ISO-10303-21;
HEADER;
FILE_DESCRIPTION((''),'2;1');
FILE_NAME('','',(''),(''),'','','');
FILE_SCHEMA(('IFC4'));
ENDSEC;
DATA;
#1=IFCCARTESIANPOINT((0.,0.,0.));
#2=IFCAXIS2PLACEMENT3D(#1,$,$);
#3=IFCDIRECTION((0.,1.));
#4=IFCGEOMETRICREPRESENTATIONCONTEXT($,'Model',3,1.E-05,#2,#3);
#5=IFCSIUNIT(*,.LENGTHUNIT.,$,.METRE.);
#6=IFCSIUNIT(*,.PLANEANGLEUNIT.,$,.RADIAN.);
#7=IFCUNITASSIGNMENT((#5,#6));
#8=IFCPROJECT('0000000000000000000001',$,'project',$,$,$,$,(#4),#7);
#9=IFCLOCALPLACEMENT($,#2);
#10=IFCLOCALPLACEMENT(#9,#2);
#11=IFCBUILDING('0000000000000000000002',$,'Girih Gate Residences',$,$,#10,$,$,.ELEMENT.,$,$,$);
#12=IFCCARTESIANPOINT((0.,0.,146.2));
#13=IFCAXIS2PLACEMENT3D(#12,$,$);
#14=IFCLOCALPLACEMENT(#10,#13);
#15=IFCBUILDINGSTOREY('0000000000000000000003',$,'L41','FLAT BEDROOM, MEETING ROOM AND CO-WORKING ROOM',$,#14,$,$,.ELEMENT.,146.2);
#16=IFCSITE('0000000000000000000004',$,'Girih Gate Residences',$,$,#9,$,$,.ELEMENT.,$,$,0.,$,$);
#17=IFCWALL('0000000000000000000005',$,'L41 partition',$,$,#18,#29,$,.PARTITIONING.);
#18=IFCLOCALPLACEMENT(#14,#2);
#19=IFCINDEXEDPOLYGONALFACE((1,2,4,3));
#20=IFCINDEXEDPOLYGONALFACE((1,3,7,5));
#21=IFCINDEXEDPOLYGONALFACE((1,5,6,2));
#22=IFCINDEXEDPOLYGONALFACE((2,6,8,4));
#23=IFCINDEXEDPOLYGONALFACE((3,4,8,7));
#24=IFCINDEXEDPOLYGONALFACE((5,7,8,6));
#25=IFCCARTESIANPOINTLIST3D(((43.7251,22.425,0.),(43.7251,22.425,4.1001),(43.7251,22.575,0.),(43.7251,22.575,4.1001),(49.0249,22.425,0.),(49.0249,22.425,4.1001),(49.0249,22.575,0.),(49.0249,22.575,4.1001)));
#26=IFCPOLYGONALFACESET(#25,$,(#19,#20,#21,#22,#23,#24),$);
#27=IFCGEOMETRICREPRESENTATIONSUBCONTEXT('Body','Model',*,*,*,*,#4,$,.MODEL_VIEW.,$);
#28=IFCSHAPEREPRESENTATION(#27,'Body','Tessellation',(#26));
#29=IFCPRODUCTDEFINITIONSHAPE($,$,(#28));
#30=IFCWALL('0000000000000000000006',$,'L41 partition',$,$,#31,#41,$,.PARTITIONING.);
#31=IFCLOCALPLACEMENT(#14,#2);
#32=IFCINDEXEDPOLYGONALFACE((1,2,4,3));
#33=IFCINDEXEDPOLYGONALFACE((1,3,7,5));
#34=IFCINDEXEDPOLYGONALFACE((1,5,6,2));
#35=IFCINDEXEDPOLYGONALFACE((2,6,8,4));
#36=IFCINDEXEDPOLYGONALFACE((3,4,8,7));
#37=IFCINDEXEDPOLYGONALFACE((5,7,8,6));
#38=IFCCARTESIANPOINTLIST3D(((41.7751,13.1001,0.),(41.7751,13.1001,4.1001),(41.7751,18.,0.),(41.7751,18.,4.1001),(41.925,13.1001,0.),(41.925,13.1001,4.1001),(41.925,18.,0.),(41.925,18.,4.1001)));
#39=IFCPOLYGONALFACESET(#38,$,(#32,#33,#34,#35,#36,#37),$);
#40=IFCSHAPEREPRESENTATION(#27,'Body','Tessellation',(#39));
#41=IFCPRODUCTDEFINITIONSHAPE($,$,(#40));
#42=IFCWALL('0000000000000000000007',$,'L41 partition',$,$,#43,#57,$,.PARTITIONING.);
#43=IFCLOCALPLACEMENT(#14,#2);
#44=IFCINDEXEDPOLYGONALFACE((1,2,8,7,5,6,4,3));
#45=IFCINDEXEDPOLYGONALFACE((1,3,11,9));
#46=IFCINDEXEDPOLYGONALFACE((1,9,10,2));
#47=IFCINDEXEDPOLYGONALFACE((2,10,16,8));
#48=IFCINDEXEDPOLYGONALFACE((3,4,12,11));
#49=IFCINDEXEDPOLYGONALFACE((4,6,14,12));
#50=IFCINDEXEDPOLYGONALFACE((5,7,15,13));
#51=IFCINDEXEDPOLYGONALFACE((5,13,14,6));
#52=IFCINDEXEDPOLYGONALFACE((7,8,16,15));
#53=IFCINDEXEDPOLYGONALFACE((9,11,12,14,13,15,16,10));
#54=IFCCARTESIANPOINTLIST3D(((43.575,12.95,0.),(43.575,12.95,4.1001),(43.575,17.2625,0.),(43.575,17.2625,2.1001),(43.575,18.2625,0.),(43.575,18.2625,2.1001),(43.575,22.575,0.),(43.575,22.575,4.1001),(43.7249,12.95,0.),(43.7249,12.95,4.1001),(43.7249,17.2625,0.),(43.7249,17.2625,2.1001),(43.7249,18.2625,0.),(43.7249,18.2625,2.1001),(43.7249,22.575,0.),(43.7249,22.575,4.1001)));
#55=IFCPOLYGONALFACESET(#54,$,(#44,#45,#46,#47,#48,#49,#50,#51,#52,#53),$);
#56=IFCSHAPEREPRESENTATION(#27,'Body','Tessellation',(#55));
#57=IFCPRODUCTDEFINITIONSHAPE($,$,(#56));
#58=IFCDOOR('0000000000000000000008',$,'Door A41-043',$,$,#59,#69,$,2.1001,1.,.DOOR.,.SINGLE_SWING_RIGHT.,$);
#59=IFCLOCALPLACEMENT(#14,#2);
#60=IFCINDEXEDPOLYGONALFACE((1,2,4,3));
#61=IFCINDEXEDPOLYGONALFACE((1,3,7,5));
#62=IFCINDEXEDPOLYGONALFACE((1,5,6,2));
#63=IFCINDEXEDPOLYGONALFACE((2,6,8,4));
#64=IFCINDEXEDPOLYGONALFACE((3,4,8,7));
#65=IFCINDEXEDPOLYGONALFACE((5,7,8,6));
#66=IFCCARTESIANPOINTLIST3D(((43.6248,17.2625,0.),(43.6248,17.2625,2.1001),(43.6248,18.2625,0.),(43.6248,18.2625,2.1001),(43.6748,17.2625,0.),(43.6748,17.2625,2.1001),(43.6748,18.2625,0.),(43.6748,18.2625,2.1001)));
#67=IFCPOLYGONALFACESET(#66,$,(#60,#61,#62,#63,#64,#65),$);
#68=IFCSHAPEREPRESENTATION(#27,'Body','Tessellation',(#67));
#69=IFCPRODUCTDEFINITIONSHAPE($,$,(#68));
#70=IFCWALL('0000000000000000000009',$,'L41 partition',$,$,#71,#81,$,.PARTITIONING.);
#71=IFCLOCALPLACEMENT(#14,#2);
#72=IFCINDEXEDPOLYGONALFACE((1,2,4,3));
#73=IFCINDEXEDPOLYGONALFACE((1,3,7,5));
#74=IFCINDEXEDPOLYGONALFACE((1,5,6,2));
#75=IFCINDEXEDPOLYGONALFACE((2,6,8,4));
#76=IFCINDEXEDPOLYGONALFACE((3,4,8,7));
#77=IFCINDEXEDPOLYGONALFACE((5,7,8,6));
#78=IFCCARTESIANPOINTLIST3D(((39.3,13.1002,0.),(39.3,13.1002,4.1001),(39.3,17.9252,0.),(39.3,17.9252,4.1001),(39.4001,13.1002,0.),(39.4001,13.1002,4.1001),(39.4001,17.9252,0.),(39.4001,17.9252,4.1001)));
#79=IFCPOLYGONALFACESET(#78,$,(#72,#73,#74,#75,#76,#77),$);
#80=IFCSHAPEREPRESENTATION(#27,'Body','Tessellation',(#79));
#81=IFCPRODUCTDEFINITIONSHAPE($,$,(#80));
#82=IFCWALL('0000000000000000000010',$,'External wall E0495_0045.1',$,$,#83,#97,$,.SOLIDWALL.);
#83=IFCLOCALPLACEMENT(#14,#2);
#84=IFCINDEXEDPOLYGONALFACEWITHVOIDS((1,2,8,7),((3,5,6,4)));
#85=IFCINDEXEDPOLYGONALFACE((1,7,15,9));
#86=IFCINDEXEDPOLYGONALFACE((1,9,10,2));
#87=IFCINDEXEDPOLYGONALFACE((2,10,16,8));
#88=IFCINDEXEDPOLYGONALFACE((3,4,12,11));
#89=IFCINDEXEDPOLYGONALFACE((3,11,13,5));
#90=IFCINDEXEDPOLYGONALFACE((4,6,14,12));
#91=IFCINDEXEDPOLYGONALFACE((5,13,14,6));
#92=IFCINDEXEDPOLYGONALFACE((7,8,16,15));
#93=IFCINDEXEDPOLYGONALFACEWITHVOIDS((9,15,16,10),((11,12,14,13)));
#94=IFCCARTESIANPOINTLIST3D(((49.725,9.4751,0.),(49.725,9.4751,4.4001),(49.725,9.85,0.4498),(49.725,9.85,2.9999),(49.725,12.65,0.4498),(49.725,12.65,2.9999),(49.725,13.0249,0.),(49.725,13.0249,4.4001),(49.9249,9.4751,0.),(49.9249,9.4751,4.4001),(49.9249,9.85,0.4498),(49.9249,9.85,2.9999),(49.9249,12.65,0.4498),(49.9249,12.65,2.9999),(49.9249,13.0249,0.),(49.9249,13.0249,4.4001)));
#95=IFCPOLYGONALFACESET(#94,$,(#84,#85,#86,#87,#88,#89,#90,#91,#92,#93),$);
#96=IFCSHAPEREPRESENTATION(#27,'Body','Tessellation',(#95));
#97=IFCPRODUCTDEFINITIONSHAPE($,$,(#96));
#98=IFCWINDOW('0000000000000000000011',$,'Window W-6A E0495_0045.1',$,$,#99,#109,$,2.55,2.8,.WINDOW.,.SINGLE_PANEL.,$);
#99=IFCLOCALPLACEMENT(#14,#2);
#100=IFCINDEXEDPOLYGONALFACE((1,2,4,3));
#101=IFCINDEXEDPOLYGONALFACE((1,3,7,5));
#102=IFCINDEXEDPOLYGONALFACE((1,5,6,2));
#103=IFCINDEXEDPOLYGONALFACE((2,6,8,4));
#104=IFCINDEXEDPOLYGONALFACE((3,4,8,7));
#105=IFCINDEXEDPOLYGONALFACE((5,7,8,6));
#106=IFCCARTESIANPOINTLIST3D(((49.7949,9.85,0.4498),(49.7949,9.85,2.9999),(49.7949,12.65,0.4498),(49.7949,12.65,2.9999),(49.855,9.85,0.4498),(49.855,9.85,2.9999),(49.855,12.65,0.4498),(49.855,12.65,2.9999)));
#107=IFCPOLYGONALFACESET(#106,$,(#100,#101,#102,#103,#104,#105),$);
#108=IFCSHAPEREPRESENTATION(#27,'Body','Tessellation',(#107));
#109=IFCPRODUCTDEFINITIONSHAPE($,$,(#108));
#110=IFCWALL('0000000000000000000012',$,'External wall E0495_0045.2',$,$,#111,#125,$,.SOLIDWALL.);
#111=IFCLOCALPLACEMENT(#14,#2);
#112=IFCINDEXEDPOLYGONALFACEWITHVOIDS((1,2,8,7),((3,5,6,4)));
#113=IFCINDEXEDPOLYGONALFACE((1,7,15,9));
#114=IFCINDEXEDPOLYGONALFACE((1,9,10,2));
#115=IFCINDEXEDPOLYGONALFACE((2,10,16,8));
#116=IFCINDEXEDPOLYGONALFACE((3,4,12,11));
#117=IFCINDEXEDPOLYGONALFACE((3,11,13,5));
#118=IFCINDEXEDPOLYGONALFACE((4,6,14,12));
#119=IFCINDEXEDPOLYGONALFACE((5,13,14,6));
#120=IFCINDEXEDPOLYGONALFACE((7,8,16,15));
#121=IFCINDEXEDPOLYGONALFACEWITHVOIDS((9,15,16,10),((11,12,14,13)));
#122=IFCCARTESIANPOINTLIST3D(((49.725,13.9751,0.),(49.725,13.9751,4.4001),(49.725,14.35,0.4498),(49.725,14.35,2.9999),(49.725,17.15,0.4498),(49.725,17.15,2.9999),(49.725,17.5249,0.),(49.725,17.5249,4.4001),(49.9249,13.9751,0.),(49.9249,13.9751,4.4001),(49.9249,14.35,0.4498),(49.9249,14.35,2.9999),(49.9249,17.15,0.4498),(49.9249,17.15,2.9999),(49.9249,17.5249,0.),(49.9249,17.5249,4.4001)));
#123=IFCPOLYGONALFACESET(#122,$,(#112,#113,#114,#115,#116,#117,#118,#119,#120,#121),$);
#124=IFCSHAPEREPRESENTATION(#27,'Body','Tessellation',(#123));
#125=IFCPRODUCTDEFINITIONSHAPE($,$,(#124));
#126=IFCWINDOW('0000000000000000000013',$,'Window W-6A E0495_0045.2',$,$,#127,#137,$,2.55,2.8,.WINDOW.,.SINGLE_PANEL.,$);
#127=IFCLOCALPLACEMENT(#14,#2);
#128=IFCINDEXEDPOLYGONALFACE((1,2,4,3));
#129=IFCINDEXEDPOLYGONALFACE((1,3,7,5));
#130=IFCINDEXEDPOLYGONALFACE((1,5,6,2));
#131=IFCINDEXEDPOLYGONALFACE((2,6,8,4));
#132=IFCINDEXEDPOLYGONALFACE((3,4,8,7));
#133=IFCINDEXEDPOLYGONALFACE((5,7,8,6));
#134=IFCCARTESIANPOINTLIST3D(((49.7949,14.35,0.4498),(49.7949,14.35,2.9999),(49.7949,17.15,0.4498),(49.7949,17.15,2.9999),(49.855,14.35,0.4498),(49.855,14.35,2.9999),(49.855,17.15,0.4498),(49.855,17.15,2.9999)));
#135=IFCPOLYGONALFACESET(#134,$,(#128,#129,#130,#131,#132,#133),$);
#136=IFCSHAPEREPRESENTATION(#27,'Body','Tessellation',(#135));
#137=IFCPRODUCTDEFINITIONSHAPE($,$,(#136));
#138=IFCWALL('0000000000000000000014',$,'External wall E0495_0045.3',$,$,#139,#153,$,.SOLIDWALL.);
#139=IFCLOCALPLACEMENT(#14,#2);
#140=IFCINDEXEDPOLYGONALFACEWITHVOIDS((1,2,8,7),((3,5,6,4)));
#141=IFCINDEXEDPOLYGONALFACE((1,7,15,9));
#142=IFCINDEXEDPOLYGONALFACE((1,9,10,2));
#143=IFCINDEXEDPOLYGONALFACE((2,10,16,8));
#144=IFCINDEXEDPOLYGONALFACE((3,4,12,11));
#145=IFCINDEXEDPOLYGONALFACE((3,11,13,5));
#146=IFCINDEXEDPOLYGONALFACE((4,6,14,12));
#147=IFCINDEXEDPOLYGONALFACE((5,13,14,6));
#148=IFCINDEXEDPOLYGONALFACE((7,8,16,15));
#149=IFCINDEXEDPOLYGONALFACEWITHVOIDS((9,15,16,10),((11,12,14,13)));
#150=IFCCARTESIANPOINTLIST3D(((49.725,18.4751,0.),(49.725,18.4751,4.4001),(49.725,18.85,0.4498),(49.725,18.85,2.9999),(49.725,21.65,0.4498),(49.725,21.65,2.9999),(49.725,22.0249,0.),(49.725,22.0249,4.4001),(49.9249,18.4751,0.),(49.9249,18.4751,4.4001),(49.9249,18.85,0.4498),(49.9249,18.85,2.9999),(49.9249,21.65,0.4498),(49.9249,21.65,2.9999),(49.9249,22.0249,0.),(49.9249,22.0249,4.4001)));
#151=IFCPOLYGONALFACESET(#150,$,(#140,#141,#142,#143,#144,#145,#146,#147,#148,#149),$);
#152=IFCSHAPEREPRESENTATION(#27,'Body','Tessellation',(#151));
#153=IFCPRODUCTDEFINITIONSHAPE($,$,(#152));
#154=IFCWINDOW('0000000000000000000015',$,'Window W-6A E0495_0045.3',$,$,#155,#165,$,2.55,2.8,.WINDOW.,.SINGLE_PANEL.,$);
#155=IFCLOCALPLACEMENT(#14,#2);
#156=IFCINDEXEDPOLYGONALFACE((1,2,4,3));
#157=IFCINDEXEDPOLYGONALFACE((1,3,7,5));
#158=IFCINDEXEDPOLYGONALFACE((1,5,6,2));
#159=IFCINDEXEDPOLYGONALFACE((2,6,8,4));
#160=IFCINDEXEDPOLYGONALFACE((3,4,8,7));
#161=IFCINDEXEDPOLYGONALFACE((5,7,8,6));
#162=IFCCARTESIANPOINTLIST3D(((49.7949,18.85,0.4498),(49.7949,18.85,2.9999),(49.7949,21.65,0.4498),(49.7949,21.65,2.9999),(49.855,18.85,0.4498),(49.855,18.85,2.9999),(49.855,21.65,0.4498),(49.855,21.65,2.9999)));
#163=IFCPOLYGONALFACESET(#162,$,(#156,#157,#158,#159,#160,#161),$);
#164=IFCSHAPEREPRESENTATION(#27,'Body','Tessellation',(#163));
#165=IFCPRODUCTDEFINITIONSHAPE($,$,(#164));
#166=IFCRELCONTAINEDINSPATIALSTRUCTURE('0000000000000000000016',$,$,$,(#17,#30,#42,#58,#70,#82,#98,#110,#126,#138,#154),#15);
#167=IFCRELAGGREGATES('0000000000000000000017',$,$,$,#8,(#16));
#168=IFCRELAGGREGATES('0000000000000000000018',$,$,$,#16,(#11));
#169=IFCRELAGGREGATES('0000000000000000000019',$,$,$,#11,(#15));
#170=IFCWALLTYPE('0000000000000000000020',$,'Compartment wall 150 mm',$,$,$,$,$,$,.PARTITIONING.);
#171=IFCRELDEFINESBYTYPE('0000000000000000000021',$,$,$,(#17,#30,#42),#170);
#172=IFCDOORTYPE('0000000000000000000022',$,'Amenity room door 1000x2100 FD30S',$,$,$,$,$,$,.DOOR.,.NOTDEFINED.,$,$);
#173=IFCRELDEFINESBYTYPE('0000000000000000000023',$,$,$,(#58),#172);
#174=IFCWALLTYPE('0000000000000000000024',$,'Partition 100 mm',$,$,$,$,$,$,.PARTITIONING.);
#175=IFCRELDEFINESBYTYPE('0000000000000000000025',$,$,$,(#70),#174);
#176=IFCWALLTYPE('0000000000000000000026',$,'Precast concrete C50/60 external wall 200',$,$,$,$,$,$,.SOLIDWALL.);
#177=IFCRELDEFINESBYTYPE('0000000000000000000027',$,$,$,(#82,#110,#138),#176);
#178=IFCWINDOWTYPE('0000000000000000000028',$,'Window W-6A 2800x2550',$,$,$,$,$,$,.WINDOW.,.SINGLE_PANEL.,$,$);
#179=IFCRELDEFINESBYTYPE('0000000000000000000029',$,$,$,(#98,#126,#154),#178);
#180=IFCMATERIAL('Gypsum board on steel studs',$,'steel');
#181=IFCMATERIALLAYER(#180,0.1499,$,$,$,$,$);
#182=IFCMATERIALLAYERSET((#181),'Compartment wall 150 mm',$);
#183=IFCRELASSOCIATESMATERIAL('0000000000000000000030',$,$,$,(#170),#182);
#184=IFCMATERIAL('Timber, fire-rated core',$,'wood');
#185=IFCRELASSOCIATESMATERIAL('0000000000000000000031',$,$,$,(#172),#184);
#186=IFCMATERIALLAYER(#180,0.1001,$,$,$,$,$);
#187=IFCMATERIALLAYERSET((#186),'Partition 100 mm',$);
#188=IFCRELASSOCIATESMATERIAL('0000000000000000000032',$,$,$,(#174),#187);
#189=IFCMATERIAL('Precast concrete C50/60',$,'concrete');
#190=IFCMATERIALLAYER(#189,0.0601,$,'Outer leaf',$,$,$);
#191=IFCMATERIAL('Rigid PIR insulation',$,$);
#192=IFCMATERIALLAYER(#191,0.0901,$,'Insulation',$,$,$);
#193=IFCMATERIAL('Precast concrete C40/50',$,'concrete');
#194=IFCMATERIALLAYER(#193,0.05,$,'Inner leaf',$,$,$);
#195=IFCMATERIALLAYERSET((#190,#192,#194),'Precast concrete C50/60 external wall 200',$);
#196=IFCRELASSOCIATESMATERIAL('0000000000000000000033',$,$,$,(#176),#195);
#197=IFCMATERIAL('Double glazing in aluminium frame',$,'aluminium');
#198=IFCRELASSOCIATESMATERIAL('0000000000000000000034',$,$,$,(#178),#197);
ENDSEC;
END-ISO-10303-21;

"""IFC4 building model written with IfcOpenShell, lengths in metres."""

from ifc_helpers import new_model, si_unit, direction, frame, frame_2d, origin, place, context, subcontext, project, spatial, rectangle, extrude, material, layer, layer_set, type_object, element, fill, save


model = new_model("IFC4")

# Units and contexts
model_context = context("Model", 3, precision=1e-05, world=origin(), true_north=direction((0.0, 1.0)))
body_context = subcontext(model_context, "Body", "Model", "MODEL_VIEW")
ifc_project = project(units=[si_unit("LENGTHUNIT", "METRE"), si_unit("PLANEANGLEUNIT", "RADIAN")], contexts=[model_context])

# Site, building, storey
site_placement = place(None, origin())
site = spatial("IfcSite", under=ifc_project, at=site_placement, Name="Girih Gate Residences", CompositionType="ELEMENT", RefElevation=0.0)
building_placement = place(site_placement, origin())
building = spatial("IfcBuilding", under=site, at=building_placement, Name="Girih Gate Residences", CompositionType="ELEMENT")
storey_placement = place(building_placement, frame((0.0, 0.0, 146.2)))
storey = spatial("IfcBuildingStorey", under=building, at=storey_placement, Name="L41", Description="FLAT BEDROOM, MEETING ROOM AND CO-WORKING ROOM", CompositionType="ELEMENT", Elevation=146.2)

# Shared definitions
ifc_material_1 = material(Name="Gypsum board on steel studs", Category="steel")
ifc_layer_1 = layer(ifc_material_1, 0.1499)
ifc_layer_set_1 = layer_set([ifc_layer_1], Name="Compartment wall 150 mm")
wall_type_1 = type_object("IfcWallType", Name="Compartment wall 150 mm", PredefinedType="PARTITIONING", material=ifc_layer_set_1)

# Shared definitions
ifc_material_2 = material(Name="Timber, fire-rated core", Category="wood")
door_type_1 = type_object("IfcDoorType", Name="Amenity room door 1000x2100 FD30S", OperationType="NOTDEFINED", PredefinedType="DOOR", material=ifc_material_2)

# Walls
for number, where, z_axis, x_axis, name in (
    (1, (43.7251, 22.5, 0.0), (0.0, 0.0, 1.0), (1.0, 0.0, 0.0), "L41 partition"),
):
    element("IfcWall", number, at=place(storey_placement, frame(where, z_axis=z_axis, x_axis=x_axis)), inside=storey, type_object=wall_type_1, Name=name, PredefinedType="PARTITIONING", context=body_context, shape_type="SweptSolid", body=[
        extrude(rectangle(XDim=5.2998, YDim=0.1499, at=frame_2d((2.6499, 0.0))), origin(), (0.0, 0.0, 1.0), 4.1001),
    ])
wall_1_placement = place(storey_placement, frame((41.8501, 13.1001, 0.0), z_axis=(0.0, 0.0, 1.0), x_axis=(0.0, 1.0, 0.0)))
element("IfcWall", 2, at=wall_1_placement, inside=storey, type_object=wall_type_1, Name="L41 partition", PredefinedType="PARTITIONING", context=body_context, shape_type="SweptSolid", body=[
    extrude(rectangle(XDim=4.8999, YDim=0.1499, at=frame_2d((2.45, 0.0))), origin(), (0.0, 0.0, 1.0), 4.1001),
])

# Wall, opening, door
wall_2_placement = place(storey_placement, frame((43.6499, 22.575, 0.0), z_axis=(0.0, 0.0, 1.0), x_axis=(0.0, -1.0, 0.0)))
wall_2 = element("IfcWall", 3, at=wall_2_placement, inside=storey, type_object=wall_type_1, Name="L41 partition", PredefinedType="PARTITIONING", context=body_context, shape_type="SweptSolid", body=[
    extrude(rectangle(XDim=9.625, YDim=0.1499, at=frame_2d((4.8125, 0.0))), origin(), (0.0, 0.0, 1.0), 4.1001),
])
opening_1_placement = place(wall_2_placement, frame((4.3125, 0.0, 0.0)))
opening_1 = element("IfcOpeningElement", 4, at=opening_1_placement, cuts=wall_2, PredefinedType="OPENING", context=body_context, shape_type="SweptSolid", body=[
    extrude(rectangle(XDim=1.0, YDim=2.1001, at=frame_2d((0.5, 1.05))), frame((0.0, 0.085, 0.0), z_axis=(0.0, -1.0, 0.0), x_axis=(1.0, 0.0, 0.0)), (0.0, 0.0, 1.0), 0.1699),
])
door_1_placement = place(opening_1_placement, origin())
door_1 = element("IfcDoor", 5, at=door_1_placement, inside=storey, type_object=door_type_1, Name="Door A41-043", OperationType="SINGLE_SWING_RIGHT", OverallHeight=2.1001, OverallWidth=1.0, PredefinedType="DOOR", context=body_context, shape_type="SweptSolid", body=[
    extrude(rectangle(XDim=1.0, YDim=2.1001, at=frame_2d((0.5, 1.05))), frame((0.0, 0.0249, 0.0), z_axis=(0.0, -1.0, 0.0), x_axis=(1.0, 0.0, 0.0)), (0.0, 0.0, 1.0), 0.05),
])
fill(opening_1, door_1)

# Wall
ifc_layer_2 = layer(ifc_material_1, 0.1001)
ifc_layer_set_2 = layer_set([ifc_layer_2], Name="Partition 100 mm")
wall_type_2 = type_object("IfcWallType", Name="Partition 100 mm", PredefinedType="PARTITIONING", material=ifc_layer_set_2)
wall_3_placement = place(storey_placement, frame((39.3501, 13.1001, 0.0), z_axis=(0.0, 0.0, 1.0), x_axis=(0.0, 1.0, 0.0)))
element("IfcWall", 6, at=wall_3_placement, inside=storey, type_object=wall_type_2, Name="L41 partition", PredefinedType="PARTITIONING", context=body_context, shape_type="SweptSolid", body=[
    extrude(rectangle(XDim=4.825, YDim=0.1001, at=frame_2d((2.4126, 0.0))), origin(), (0.0, 0.0, 1.0), 4.1001),
])

# Walls, openings, windows
ifc_material_3 = material(Name="Precast concrete C50/60", Category="concrete")
ifc_layer_3 = layer(ifc_material_3, 0.0601, Name="Outer leaf")
ifc_material_4 = material(Name="Rigid PIR insulation")
ifc_layer_4 = layer(ifc_material_4, 0.0901, Name="Insulation")
ifc_material_5 = material(Name="Precast concrete C40/50", Category="concrete")
ifc_layer_5 = layer(ifc_material_5, 0.05, Name="Inner leaf")
ifc_layer_set_3 = layer_set([ifc_layer_3, ifc_layer_4, ifc_layer_5], Name="Precast concrete C50/60 external wall 200")
wall_type_3 = type_object("IfcWallType", Name="Precast concrete C50/60 external wall 200", PredefinedType="SOLIDWALL", material=ifc_layer_set_3)
wall_4_placement = place(storey_placement, frame((49.825, 13.0249, 0.0), z_axis=(0.0, 0.0, 1.0), x_axis=(0.0, -1.0, 0.0)))
wall_4 = element("IfcWall", 7, at=wall_4_placement, inside=storey, type_object=wall_type_3, Name="External wall E0495_0045.1", PredefinedType="SOLIDWALL", context=body_context, shape_type="SweptSolid", body=[
    extrude(rectangle(XDim=3.5498, YDim=0.2, at=frame_2d((1.7749, 0.0))), origin(), (0.0, 0.0, 1.0), 4.4001),
])
opening_2_placement = place(wall_4_placement, frame((0.375, 0.0, 0.45)))
opening_2 = element("IfcOpeningElement", 8, at=opening_2_placement, cuts=wall_4, PredefinedType="OPENING", context=body_context, shape_type="SweptSolid", body=[
    extrude(rectangle(XDim=2.8, YDim=2.55, at=frame_2d((1.3999, 1.2749))), frame((0.0, 0.1099, 0.0), z_axis=(0.0, -1.0, 0.0), x_axis=(1.0, 0.0, 0.0)), (0.0, 0.0, 1.0), 0.22),
])
ifc_material_6 = material(Name="Double glazing in aluminium frame", Category="aluminium")
window_type = type_object("IfcWindowType", Name="Window W-6A 2800x2550", PartitioningType="SINGLE_PANEL", PredefinedType="WINDOW", material=ifc_material_6)
window_1_placement = place(opening_2_placement, origin())
window_1 = element("IfcWindow", 9, at=window_1_placement, inside=storey, type_object=window_type, Name="Window W-6A E0495_0045.1", OverallHeight=2.55, OverallWidth=2.8, PartitioningType="SINGLE_PANEL", PredefinedType="WINDOW", context=body_context, shape_type="SweptSolid", body=[
    extrude(rectangle(XDim=2.8, YDim=2.55, at=frame_2d((1.3999, 1.2749))), frame((0.0, 0.03, 0.0), z_axis=(0.0, -1.0, 0.0), x_axis=(1.0, 0.0, 0.0)), (0.0, 0.0, 1.0), 0.0601),
])
fill(opening_2, window_1)
wall_5_placement = place(storey_placement, frame((49.825, 17.5249, 0.0), z_axis=(0.0, 0.0, 1.0), x_axis=(0.0, -1.0, 0.0)))
wall_5 = element("IfcWall", 10, at=wall_5_placement, inside=storey, type_object=wall_type_3, Name="External wall E0495_0045.2", PredefinedType="SOLIDWALL", context=body_context, shape_type="SweptSolid", body=[
    extrude(rectangle(XDim=3.5498, YDim=0.2, at=frame_2d((1.7749, 0.0))), origin(), (0.0, 0.0, 1.0), 4.4001),
])
opening_3_placement = place(wall_5_placement, frame((0.375, 0.0, 0.45)))
opening_3 = element("IfcOpeningElement", 11, at=opening_3_placement, cuts=wall_5, PredefinedType="OPENING", context=body_context, shape_type="SweptSolid", body=[
    extrude(rectangle(XDim=2.8, YDim=2.55, at=frame_2d((1.3999, 1.2749))), frame((0.0, 0.1099, 0.0), z_axis=(0.0, -1.0, 0.0), x_axis=(1.0, 0.0, 0.0)), (0.0, 0.0, 1.0), 0.22),
])
window_2_placement = place(opening_3_placement, origin())
window_2 = element("IfcWindow", 12, at=window_2_placement, inside=storey, type_object=window_type, Name="Window W-6A E0495_0045.2", OverallHeight=2.55, OverallWidth=2.8, PartitioningType="SINGLE_PANEL", PredefinedType="WINDOW", context=body_context, shape_type="SweptSolid", body=[
    extrude(rectangle(XDim=2.8, YDim=2.55, at=frame_2d((1.3999, 1.2749))), frame((0.0, 0.03, 0.0), z_axis=(0.0, -1.0, 0.0), x_axis=(1.0, 0.0, 0.0)), (0.0, 0.0, 1.0), 0.0601),
])
fill(opening_3, window_2)
wall_6_placement = place(storey_placement, frame((49.825, 22.0249, 0.0), z_axis=(0.0, 0.0, 1.0), x_axis=(0.0, -1.0, 0.0)))
wall_6 = element("IfcWall", 13, at=wall_6_placement, inside=storey, type_object=wall_type_3, Name="External wall E0495_0045.3", PredefinedType="SOLIDWALL", context=body_context, shape_type="SweptSolid", body=[
    extrude(rectangle(XDim=3.5498, YDim=0.2, at=frame_2d((1.7749, 0.0))), origin(), (0.0, 0.0, 1.0), 4.4001),
])
opening_4_placement = place(wall_6_placement, frame((0.375, 0.0, 0.45)))
opening_4 = element("IfcOpeningElement", 14, at=opening_4_placement, cuts=wall_6, PredefinedType="OPENING", context=body_context, shape_type="SweptSolid", body=[
    extrude(rectangle(XDim=2.8, YDim=2.55, at=frame_2d((1.3999, 1.2749))), frame((0.0, 0.1099, 0.0), z_axis=(0.0, -1.0, 0.0), x_axis=(1.0, 0.0, 0.0)), (0.0, 0.0, 1.0), 0.22),
])
window_3_placement = place(opening_4_placement, origin())
window_3 = element("IfcWindow", 15, at=window_3_placement, inside=storey, type_object=window_type, Name="Window W-6A E0495_0045.3", OverallHeight=2.55, OverallWidth=2.8, PartitioningType="SINGLE_PANEL", PredefinedType="WINDOW", context=body_context, shape_type="SweptSolid", body=[
    extrude(rectangle(XDim=2.8, YDim=2.55, at=frame_2d((1.3999, 1.2749))), frame((0.0, 0.03, 0.0), z_axis=(0.0, -1.0, 0.0), x_axis=(1.0, 0.0, 0.0)), (0.0, 0.0, 1.0), 0.0601),
])
fill(opening_4, window_3)

save(model, "model.ifc")
